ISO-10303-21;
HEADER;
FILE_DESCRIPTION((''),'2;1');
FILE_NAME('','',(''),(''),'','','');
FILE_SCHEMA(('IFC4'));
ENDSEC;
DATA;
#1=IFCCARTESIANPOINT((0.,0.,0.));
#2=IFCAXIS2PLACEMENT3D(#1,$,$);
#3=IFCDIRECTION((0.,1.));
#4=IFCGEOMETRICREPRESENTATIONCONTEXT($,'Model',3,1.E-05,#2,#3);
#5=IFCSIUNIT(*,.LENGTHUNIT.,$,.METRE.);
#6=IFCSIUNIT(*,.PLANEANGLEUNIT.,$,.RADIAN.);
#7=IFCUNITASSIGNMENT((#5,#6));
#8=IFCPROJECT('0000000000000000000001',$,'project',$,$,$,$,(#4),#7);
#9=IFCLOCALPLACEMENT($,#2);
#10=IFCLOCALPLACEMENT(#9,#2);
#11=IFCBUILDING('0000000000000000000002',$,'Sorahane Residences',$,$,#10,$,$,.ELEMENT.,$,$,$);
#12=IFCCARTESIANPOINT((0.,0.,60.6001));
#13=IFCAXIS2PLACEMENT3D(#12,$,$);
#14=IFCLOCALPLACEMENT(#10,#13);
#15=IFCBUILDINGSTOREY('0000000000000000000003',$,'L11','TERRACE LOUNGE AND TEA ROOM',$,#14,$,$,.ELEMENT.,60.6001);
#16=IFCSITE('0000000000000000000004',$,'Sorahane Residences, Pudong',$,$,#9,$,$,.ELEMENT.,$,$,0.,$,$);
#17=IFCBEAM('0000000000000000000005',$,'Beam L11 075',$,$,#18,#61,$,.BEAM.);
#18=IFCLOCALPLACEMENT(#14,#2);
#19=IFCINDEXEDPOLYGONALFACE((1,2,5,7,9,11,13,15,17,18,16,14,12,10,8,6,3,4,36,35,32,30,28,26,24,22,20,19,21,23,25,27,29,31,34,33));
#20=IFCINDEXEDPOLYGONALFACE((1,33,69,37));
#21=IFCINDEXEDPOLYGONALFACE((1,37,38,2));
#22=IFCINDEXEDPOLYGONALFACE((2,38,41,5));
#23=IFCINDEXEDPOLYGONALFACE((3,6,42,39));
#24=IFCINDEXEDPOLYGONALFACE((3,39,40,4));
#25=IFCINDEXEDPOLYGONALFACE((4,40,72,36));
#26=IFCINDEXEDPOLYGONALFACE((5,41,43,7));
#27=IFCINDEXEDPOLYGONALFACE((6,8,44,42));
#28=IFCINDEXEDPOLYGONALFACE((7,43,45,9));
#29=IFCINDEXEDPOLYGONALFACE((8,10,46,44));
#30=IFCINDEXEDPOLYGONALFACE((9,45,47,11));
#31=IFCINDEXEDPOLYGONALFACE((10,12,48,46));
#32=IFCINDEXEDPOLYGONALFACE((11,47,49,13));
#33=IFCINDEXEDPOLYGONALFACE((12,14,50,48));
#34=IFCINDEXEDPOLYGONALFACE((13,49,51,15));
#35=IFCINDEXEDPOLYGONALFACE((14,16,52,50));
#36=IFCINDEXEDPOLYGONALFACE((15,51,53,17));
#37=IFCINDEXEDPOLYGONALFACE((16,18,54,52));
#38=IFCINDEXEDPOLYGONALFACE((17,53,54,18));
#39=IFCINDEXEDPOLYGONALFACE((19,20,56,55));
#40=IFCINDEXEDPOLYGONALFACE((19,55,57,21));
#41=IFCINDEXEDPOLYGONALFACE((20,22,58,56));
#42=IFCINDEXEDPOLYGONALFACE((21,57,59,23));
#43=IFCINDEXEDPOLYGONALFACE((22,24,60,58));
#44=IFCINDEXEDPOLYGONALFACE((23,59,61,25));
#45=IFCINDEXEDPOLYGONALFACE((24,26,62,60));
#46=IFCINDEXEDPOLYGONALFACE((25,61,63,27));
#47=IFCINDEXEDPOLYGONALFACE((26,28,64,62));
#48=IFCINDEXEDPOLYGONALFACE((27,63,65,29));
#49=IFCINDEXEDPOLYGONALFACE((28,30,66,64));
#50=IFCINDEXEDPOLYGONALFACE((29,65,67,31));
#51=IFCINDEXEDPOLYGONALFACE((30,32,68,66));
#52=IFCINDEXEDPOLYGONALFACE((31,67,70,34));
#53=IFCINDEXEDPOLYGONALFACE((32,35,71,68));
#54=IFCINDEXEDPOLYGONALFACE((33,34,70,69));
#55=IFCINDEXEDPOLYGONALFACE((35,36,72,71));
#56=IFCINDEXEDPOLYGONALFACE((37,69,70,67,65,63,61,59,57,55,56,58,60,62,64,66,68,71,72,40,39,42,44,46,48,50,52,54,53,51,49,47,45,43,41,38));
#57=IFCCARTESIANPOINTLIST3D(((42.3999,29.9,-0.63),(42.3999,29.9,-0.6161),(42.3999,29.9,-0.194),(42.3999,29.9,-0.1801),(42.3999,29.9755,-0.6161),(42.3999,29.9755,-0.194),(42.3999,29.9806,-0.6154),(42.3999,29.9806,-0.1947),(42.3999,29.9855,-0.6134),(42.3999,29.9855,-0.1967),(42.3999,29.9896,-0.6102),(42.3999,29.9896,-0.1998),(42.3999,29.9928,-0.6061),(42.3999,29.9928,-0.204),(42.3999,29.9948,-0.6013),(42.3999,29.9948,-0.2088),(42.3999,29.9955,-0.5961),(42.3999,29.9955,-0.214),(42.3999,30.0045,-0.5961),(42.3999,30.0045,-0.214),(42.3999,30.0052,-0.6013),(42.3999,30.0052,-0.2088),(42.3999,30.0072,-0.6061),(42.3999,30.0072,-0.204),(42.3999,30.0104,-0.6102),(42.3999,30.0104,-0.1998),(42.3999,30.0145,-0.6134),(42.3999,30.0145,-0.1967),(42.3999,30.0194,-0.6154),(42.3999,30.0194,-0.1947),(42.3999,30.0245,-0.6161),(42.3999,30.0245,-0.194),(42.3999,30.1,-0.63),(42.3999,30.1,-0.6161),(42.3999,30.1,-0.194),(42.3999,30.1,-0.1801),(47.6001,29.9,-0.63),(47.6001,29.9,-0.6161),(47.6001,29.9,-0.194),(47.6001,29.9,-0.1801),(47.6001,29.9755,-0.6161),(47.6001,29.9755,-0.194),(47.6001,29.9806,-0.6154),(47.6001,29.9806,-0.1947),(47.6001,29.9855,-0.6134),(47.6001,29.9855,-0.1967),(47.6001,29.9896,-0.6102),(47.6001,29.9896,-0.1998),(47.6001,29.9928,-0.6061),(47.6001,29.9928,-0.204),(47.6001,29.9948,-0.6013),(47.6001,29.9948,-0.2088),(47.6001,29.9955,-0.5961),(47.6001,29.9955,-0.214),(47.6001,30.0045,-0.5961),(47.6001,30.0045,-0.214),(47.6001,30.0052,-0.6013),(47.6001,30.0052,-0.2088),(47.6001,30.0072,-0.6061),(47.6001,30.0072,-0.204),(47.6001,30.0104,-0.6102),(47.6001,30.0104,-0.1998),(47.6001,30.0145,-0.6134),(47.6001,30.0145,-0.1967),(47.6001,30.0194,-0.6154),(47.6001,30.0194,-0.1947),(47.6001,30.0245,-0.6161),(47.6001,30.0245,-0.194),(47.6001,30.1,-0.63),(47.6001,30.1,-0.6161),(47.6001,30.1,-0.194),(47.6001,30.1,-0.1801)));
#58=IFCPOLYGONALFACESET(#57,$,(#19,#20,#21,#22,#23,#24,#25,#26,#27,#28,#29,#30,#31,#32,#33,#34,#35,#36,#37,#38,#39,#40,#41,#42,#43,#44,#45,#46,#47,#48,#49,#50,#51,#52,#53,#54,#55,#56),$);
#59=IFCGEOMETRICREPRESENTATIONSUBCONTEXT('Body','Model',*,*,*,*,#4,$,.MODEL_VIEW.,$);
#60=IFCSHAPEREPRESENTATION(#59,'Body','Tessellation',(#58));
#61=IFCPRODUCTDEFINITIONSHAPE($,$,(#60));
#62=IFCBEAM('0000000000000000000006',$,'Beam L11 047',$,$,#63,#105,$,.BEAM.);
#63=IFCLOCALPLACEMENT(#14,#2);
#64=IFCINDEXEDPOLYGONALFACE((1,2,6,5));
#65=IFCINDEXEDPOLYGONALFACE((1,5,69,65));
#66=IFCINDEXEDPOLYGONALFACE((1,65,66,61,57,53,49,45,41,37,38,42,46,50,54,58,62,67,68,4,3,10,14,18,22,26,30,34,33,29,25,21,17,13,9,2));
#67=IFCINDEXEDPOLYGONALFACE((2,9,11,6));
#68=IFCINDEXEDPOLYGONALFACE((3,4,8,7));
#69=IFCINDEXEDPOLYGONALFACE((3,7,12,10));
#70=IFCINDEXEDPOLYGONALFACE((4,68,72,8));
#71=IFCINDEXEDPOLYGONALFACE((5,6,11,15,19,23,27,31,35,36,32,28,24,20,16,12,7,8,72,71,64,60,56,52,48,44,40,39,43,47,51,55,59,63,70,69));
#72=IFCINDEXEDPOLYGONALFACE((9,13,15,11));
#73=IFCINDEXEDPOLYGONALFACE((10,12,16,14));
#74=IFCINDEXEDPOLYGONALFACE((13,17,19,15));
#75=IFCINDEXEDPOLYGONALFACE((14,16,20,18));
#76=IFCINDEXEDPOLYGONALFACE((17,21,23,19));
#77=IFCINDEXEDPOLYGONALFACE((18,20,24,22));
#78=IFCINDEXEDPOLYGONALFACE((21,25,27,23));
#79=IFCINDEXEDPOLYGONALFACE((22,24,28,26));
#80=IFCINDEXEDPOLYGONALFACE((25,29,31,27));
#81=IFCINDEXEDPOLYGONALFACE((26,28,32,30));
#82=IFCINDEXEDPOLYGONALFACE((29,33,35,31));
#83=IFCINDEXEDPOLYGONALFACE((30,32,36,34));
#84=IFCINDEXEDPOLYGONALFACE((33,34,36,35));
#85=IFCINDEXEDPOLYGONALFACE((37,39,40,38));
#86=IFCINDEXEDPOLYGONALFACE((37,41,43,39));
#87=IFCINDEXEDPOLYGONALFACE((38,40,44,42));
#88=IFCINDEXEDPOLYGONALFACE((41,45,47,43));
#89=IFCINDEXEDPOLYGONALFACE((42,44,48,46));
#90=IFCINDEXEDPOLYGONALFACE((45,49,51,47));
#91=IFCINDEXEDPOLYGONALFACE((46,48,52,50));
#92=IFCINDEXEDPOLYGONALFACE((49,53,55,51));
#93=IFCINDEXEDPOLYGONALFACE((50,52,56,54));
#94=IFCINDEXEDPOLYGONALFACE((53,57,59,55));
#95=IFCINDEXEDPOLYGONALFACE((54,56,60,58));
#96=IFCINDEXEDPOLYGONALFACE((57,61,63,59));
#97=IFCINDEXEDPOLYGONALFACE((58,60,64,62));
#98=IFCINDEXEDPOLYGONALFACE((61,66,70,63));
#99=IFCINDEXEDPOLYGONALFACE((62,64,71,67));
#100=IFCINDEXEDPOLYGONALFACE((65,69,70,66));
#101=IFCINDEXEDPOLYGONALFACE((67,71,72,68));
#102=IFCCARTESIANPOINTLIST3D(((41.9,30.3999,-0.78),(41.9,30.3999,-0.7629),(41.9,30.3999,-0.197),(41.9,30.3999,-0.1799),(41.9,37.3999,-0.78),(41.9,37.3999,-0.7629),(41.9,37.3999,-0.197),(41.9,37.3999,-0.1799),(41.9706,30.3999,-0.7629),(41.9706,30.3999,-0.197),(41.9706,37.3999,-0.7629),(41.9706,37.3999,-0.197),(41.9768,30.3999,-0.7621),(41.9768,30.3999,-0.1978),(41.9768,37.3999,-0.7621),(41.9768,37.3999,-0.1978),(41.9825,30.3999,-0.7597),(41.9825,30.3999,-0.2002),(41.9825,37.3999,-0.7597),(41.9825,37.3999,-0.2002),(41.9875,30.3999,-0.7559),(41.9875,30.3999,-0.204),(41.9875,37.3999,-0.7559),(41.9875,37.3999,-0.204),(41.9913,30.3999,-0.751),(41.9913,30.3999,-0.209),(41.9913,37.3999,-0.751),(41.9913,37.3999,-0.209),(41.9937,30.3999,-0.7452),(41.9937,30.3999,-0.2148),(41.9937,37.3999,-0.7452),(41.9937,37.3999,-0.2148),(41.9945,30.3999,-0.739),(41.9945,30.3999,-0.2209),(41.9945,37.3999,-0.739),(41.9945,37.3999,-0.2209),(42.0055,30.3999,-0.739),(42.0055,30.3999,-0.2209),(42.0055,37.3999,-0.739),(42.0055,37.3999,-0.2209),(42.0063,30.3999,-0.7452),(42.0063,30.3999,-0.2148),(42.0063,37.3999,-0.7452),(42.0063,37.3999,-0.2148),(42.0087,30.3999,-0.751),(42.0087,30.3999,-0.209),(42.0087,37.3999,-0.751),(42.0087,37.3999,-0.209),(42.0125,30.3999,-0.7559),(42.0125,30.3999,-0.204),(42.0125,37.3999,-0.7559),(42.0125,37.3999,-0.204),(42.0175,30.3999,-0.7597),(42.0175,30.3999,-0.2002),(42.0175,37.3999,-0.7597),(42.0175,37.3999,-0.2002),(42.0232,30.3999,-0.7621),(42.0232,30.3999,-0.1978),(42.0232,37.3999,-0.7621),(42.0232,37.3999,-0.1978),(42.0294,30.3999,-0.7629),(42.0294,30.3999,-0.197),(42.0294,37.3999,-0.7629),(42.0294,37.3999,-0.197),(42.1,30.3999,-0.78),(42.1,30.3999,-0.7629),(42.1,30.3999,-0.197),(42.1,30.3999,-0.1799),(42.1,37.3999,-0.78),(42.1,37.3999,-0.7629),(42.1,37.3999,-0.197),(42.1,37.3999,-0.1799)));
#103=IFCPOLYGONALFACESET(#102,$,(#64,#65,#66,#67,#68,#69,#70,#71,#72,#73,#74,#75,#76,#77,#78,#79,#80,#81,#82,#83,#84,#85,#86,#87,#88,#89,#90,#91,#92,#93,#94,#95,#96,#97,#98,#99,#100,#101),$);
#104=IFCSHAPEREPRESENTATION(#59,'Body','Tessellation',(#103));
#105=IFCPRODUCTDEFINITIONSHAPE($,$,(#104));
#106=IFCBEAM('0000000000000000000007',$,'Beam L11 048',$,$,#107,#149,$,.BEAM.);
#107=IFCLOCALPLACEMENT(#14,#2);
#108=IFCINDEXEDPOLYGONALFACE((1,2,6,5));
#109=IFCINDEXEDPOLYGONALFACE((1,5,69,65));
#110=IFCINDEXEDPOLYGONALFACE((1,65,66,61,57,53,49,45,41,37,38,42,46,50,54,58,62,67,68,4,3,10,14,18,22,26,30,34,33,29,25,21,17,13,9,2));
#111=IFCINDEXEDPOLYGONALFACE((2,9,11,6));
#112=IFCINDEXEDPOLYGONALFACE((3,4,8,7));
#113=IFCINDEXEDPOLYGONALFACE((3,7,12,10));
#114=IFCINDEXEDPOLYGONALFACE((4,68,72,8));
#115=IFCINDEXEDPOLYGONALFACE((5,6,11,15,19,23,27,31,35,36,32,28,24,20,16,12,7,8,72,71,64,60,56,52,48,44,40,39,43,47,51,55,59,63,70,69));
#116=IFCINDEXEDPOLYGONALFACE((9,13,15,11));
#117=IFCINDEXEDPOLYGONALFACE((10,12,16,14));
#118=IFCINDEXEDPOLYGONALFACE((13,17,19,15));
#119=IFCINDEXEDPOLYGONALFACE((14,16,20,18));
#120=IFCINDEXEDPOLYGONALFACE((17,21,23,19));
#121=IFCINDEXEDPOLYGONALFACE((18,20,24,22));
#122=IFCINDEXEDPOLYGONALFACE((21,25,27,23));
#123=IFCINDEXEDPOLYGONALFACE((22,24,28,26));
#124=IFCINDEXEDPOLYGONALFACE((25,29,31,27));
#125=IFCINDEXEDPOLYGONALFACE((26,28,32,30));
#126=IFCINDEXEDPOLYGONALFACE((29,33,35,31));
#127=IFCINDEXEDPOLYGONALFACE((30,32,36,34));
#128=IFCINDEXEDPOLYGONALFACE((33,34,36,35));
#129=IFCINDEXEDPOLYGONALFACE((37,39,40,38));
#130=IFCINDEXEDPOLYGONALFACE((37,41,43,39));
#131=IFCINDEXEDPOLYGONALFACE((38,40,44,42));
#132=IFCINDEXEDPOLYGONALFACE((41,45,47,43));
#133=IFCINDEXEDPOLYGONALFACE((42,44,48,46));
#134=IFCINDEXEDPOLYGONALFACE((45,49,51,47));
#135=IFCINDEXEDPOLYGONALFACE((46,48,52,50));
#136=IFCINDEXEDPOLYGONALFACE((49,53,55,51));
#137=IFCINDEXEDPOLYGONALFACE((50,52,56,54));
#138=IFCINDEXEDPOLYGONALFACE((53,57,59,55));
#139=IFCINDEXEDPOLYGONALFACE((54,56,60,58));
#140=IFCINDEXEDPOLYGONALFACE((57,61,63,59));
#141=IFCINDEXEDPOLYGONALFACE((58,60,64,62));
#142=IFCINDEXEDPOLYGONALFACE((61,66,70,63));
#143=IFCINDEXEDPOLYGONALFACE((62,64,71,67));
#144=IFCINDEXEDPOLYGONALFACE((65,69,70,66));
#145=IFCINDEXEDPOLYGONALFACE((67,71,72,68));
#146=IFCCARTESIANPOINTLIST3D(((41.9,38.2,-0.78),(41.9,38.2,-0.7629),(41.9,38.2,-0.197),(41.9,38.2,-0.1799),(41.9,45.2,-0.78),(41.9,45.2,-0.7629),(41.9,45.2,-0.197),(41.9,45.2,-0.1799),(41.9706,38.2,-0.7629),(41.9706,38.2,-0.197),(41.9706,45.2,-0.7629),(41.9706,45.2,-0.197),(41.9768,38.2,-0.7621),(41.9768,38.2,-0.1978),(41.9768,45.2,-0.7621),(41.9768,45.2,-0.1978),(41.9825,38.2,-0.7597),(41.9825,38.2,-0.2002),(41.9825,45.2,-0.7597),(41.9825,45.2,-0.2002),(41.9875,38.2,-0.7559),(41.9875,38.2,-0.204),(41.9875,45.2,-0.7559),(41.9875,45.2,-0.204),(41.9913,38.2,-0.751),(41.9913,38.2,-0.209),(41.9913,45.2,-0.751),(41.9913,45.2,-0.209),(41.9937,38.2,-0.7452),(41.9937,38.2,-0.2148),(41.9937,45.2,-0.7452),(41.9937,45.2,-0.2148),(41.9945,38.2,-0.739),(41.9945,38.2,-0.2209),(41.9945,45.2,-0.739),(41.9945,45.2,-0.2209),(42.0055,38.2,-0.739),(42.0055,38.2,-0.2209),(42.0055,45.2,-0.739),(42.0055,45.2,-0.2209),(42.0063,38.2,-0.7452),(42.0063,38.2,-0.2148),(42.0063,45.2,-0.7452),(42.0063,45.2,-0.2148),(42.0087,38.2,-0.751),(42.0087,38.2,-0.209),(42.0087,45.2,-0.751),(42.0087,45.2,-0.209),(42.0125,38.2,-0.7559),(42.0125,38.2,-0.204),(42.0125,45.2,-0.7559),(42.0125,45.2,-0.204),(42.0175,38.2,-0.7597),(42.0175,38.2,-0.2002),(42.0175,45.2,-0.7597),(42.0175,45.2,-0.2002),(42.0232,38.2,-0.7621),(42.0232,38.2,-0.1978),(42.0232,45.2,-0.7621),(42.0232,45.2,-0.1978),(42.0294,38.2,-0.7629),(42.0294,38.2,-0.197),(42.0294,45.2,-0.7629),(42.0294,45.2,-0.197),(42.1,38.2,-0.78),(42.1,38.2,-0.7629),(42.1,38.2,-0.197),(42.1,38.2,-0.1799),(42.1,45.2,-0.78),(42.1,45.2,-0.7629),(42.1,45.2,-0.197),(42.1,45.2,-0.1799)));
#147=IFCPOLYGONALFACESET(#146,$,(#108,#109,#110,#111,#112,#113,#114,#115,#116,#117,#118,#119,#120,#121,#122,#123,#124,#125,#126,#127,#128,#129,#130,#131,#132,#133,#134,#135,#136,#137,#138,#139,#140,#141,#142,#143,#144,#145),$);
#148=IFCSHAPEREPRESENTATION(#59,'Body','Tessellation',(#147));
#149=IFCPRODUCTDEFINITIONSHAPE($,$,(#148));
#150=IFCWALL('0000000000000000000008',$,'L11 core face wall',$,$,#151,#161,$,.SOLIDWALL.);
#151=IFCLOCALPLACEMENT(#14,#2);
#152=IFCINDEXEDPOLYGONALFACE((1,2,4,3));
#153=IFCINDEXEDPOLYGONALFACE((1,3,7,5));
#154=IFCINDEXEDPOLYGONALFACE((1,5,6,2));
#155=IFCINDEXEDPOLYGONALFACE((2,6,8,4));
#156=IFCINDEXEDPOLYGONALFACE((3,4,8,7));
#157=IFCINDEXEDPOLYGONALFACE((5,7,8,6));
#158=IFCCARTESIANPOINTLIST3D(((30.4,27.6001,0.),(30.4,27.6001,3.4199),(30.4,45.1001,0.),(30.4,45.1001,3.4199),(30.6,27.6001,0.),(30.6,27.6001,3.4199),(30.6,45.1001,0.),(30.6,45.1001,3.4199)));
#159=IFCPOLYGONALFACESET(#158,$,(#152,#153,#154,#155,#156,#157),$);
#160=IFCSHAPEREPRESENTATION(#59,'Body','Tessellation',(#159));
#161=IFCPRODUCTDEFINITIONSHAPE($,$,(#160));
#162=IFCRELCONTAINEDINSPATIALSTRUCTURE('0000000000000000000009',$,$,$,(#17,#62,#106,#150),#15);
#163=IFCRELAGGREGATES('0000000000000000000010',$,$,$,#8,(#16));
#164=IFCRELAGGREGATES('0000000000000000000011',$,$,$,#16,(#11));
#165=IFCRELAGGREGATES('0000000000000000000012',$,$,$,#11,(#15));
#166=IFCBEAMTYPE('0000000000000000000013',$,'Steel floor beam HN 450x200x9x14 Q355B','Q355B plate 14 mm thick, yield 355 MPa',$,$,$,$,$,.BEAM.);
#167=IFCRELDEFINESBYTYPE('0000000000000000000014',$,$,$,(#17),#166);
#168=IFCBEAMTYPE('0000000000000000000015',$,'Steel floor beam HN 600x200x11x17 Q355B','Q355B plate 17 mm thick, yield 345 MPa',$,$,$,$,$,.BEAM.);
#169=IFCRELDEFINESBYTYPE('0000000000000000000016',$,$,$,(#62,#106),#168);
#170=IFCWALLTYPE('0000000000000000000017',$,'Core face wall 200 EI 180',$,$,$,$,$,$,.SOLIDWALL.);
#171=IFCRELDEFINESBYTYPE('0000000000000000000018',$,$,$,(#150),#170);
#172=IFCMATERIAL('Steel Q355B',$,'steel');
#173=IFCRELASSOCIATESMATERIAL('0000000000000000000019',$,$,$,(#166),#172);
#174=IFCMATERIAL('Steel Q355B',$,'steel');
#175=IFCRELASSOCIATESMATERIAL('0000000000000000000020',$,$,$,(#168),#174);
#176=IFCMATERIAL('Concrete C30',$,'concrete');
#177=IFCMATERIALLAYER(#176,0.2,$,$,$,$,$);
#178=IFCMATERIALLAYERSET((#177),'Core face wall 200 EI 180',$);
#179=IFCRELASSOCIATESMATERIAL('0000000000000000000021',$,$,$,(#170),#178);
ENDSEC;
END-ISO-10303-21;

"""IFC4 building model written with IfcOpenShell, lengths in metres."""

from ifc_helpers import new_model, si_unit, direction, frame, frame_2d, origin, origin_2d, place, context, subcontext, project, spatial, rectangle, i_section, extrude, material, layer, layer_set, material_profile, profile_set, type_object, element, save


model = new_model("IFC4")

# Units and contexts
model_context = context("Model", 3, precision=1e-05, world=origin(), true_north=direction((0.0, 1.0)))
body_context = subcontext(model_context, "Body", "Model", "MODEL_VIEW")
ifc_project = project(units=[si_unit("LENGTHUNIT", "METRE"), si_unit("PLANEANGLEUNIT", "RADIAN")], contexts=[model_context])

# Site, building, storey
site_placement = place(None, origin())
site = spatial("IfcSite", under=ifc_project, at=site_placement, Name="Sorahane Residences, Pudong", CompositionType="ELEMENT", RefElevation=0.0)
building_placement = place(site_placement, origin())
building = spatial("IfcBuilding", under=site, at=building_placement, Name="Sorahane Residences", CompositionType="ELEMENT")
storey_placement = place(building_placement, frame((0.0, 0.0, 60.6001)))
storey = spatial("IfcBuildingStorey", under=building, at=storey_placement, Name="L11", Description="TERRACE LOUNGE AND TEA ROOM", CompositionType="ELEMENT", Elevation=60.6001)

# Beams
ifc_material_1 = material(Name="Steel Q355B", Category="steel")
ifc_material_profile_1 = material_profile(ifc_material_1, i_section(OverallWidth=0.2, OverallDepth=0.45, WebThickness=0.009, FlangeThickness=0.0139, FilletRadius=0.02, at=origin_2d()), Name="HN 450x200x9x14")
ifc_profile_set_1 = profile_set([ifc_material_profile_1], Name="Steel Q355B")
beam_type_1 = type_object("IfcBeamType", Name="Steel floor beam HN 450x200x9x14 Q355B", Description="Q355B plate 14 mm thick, yield 355 MPa", PredefinedType="BEAM", material=ifc_profile_set_1)
for number, where, z_axis, x_axis, name in (
    (1, (42.3999, 30.0, -0.405), (1.0, 0.0, 0.0), (0.0, 1.0, 0.0), "Beam L11 075"),
):
    element("IfcBeam", number, at=place(storey_placement, frame(where, z_axis=z_axis, x_axis=x_axis)), inside=storey, type_object=beam_type_1, Name=name, PredefinedType="BEAM", context=body_context, shape_type="SweptSolid", body=[
        extrude(i_section(OverallWidth=0.2, OverallDepth=0.45, WebThickness=0.009, FlangeThickness=0.0139, FilletRadius=0.02, at=origin_2d()), origin(), (0.0, 0.0, 1.0), 5.2002),
    ])
ifc_material_2 = material(Name="Steel Q355B", Category="steel")
ifc_material_profile_2 = material_profile(ifc_material_2, i_section(OverallWidth=0.2, OverallDepth=0.6001, WebThickness=0.011, FlangeThickness=0.0171, FilletRadius=0.0239, at=origin_2d()), Name="HN 600x200x11x17")
ifc_profile_set_2 = profile_set([ifc_material_profile_2], Name="Steel Q355B")
beam_type_2 = type_object("IfcBeamType", Name="Steel floor beam HN 600x200x11x17 Q355B", Description="Q355B plate 17 mm thick, yield 345 MPa", PredefinedType="BEAM", material=ifc_profile_set_2)
for number, where, z_axis, x_axis, name in (
    (2, (42.0, 30.3999, -0.48), (0.0, 1.0, 0.0), (-1.0, 0.0, 0.0), "Beam L11 047"),
    (3, (42.0, 38.2, -0.48), (0.0, 1.0, 0.0), (-1.0, 0.0, 0.0), "Beam L11 048"),
):
    element("IfcBeam", number, at=place(storey_placement, frame(where, z_axis=z_axis, x_axis=x_axis)), inside=storey, type_object=beam_type_2, Name=name, PredefinedType="BEAM", context=body_context, shape_type="SweptSolid", body=[
        extrude(i_section(OverallWidth=0.2, OverallDepth=0.6001, WebThickness=0.011, FlangeThickness=0.0171, FilletRadius=0.0239, at=origin_2d()), origin(), (0.0, 0.0, 1.0), 7.0),
    ])

# Wall
ifc_material_3 = material(Name="Concrete C30", Category="concrete")
ifc_layer_1 = layer(ifc_material_3, 0.2)
ifc_layer_set_1 = layer_set([ifc_layer_1], Name="Core face wall 200 EI 180")
wall_type_1 = type_object("IfcWallType", Name="Core face wall 200 EI 180", PredefinedType="SOLIDWALL", material=ifc_layer_set_1)
wall_1_placement = place(storey_placement, frame((30.5, 27.6001, 0.0), z_axis=(0.0, 0.0, 1.0), x_axis=(0.0, 1.0, 0.0)))
element("IfcWall", 4, at=wall_1_placement, inside=storey, type_object=wall_type_1, Name="L11 core face wall", PredefinedType="SOLIDWALL", context=body_context, shape_type="SweptSolid", body=[
    extrude(rectangle(XDim=17.5, YDim=0.2, at=frame_2d((8.75, 0.0))), origin(), (0.0, 0.0, 1.0), 3.4199),
])

save(model, "model.ifc")
